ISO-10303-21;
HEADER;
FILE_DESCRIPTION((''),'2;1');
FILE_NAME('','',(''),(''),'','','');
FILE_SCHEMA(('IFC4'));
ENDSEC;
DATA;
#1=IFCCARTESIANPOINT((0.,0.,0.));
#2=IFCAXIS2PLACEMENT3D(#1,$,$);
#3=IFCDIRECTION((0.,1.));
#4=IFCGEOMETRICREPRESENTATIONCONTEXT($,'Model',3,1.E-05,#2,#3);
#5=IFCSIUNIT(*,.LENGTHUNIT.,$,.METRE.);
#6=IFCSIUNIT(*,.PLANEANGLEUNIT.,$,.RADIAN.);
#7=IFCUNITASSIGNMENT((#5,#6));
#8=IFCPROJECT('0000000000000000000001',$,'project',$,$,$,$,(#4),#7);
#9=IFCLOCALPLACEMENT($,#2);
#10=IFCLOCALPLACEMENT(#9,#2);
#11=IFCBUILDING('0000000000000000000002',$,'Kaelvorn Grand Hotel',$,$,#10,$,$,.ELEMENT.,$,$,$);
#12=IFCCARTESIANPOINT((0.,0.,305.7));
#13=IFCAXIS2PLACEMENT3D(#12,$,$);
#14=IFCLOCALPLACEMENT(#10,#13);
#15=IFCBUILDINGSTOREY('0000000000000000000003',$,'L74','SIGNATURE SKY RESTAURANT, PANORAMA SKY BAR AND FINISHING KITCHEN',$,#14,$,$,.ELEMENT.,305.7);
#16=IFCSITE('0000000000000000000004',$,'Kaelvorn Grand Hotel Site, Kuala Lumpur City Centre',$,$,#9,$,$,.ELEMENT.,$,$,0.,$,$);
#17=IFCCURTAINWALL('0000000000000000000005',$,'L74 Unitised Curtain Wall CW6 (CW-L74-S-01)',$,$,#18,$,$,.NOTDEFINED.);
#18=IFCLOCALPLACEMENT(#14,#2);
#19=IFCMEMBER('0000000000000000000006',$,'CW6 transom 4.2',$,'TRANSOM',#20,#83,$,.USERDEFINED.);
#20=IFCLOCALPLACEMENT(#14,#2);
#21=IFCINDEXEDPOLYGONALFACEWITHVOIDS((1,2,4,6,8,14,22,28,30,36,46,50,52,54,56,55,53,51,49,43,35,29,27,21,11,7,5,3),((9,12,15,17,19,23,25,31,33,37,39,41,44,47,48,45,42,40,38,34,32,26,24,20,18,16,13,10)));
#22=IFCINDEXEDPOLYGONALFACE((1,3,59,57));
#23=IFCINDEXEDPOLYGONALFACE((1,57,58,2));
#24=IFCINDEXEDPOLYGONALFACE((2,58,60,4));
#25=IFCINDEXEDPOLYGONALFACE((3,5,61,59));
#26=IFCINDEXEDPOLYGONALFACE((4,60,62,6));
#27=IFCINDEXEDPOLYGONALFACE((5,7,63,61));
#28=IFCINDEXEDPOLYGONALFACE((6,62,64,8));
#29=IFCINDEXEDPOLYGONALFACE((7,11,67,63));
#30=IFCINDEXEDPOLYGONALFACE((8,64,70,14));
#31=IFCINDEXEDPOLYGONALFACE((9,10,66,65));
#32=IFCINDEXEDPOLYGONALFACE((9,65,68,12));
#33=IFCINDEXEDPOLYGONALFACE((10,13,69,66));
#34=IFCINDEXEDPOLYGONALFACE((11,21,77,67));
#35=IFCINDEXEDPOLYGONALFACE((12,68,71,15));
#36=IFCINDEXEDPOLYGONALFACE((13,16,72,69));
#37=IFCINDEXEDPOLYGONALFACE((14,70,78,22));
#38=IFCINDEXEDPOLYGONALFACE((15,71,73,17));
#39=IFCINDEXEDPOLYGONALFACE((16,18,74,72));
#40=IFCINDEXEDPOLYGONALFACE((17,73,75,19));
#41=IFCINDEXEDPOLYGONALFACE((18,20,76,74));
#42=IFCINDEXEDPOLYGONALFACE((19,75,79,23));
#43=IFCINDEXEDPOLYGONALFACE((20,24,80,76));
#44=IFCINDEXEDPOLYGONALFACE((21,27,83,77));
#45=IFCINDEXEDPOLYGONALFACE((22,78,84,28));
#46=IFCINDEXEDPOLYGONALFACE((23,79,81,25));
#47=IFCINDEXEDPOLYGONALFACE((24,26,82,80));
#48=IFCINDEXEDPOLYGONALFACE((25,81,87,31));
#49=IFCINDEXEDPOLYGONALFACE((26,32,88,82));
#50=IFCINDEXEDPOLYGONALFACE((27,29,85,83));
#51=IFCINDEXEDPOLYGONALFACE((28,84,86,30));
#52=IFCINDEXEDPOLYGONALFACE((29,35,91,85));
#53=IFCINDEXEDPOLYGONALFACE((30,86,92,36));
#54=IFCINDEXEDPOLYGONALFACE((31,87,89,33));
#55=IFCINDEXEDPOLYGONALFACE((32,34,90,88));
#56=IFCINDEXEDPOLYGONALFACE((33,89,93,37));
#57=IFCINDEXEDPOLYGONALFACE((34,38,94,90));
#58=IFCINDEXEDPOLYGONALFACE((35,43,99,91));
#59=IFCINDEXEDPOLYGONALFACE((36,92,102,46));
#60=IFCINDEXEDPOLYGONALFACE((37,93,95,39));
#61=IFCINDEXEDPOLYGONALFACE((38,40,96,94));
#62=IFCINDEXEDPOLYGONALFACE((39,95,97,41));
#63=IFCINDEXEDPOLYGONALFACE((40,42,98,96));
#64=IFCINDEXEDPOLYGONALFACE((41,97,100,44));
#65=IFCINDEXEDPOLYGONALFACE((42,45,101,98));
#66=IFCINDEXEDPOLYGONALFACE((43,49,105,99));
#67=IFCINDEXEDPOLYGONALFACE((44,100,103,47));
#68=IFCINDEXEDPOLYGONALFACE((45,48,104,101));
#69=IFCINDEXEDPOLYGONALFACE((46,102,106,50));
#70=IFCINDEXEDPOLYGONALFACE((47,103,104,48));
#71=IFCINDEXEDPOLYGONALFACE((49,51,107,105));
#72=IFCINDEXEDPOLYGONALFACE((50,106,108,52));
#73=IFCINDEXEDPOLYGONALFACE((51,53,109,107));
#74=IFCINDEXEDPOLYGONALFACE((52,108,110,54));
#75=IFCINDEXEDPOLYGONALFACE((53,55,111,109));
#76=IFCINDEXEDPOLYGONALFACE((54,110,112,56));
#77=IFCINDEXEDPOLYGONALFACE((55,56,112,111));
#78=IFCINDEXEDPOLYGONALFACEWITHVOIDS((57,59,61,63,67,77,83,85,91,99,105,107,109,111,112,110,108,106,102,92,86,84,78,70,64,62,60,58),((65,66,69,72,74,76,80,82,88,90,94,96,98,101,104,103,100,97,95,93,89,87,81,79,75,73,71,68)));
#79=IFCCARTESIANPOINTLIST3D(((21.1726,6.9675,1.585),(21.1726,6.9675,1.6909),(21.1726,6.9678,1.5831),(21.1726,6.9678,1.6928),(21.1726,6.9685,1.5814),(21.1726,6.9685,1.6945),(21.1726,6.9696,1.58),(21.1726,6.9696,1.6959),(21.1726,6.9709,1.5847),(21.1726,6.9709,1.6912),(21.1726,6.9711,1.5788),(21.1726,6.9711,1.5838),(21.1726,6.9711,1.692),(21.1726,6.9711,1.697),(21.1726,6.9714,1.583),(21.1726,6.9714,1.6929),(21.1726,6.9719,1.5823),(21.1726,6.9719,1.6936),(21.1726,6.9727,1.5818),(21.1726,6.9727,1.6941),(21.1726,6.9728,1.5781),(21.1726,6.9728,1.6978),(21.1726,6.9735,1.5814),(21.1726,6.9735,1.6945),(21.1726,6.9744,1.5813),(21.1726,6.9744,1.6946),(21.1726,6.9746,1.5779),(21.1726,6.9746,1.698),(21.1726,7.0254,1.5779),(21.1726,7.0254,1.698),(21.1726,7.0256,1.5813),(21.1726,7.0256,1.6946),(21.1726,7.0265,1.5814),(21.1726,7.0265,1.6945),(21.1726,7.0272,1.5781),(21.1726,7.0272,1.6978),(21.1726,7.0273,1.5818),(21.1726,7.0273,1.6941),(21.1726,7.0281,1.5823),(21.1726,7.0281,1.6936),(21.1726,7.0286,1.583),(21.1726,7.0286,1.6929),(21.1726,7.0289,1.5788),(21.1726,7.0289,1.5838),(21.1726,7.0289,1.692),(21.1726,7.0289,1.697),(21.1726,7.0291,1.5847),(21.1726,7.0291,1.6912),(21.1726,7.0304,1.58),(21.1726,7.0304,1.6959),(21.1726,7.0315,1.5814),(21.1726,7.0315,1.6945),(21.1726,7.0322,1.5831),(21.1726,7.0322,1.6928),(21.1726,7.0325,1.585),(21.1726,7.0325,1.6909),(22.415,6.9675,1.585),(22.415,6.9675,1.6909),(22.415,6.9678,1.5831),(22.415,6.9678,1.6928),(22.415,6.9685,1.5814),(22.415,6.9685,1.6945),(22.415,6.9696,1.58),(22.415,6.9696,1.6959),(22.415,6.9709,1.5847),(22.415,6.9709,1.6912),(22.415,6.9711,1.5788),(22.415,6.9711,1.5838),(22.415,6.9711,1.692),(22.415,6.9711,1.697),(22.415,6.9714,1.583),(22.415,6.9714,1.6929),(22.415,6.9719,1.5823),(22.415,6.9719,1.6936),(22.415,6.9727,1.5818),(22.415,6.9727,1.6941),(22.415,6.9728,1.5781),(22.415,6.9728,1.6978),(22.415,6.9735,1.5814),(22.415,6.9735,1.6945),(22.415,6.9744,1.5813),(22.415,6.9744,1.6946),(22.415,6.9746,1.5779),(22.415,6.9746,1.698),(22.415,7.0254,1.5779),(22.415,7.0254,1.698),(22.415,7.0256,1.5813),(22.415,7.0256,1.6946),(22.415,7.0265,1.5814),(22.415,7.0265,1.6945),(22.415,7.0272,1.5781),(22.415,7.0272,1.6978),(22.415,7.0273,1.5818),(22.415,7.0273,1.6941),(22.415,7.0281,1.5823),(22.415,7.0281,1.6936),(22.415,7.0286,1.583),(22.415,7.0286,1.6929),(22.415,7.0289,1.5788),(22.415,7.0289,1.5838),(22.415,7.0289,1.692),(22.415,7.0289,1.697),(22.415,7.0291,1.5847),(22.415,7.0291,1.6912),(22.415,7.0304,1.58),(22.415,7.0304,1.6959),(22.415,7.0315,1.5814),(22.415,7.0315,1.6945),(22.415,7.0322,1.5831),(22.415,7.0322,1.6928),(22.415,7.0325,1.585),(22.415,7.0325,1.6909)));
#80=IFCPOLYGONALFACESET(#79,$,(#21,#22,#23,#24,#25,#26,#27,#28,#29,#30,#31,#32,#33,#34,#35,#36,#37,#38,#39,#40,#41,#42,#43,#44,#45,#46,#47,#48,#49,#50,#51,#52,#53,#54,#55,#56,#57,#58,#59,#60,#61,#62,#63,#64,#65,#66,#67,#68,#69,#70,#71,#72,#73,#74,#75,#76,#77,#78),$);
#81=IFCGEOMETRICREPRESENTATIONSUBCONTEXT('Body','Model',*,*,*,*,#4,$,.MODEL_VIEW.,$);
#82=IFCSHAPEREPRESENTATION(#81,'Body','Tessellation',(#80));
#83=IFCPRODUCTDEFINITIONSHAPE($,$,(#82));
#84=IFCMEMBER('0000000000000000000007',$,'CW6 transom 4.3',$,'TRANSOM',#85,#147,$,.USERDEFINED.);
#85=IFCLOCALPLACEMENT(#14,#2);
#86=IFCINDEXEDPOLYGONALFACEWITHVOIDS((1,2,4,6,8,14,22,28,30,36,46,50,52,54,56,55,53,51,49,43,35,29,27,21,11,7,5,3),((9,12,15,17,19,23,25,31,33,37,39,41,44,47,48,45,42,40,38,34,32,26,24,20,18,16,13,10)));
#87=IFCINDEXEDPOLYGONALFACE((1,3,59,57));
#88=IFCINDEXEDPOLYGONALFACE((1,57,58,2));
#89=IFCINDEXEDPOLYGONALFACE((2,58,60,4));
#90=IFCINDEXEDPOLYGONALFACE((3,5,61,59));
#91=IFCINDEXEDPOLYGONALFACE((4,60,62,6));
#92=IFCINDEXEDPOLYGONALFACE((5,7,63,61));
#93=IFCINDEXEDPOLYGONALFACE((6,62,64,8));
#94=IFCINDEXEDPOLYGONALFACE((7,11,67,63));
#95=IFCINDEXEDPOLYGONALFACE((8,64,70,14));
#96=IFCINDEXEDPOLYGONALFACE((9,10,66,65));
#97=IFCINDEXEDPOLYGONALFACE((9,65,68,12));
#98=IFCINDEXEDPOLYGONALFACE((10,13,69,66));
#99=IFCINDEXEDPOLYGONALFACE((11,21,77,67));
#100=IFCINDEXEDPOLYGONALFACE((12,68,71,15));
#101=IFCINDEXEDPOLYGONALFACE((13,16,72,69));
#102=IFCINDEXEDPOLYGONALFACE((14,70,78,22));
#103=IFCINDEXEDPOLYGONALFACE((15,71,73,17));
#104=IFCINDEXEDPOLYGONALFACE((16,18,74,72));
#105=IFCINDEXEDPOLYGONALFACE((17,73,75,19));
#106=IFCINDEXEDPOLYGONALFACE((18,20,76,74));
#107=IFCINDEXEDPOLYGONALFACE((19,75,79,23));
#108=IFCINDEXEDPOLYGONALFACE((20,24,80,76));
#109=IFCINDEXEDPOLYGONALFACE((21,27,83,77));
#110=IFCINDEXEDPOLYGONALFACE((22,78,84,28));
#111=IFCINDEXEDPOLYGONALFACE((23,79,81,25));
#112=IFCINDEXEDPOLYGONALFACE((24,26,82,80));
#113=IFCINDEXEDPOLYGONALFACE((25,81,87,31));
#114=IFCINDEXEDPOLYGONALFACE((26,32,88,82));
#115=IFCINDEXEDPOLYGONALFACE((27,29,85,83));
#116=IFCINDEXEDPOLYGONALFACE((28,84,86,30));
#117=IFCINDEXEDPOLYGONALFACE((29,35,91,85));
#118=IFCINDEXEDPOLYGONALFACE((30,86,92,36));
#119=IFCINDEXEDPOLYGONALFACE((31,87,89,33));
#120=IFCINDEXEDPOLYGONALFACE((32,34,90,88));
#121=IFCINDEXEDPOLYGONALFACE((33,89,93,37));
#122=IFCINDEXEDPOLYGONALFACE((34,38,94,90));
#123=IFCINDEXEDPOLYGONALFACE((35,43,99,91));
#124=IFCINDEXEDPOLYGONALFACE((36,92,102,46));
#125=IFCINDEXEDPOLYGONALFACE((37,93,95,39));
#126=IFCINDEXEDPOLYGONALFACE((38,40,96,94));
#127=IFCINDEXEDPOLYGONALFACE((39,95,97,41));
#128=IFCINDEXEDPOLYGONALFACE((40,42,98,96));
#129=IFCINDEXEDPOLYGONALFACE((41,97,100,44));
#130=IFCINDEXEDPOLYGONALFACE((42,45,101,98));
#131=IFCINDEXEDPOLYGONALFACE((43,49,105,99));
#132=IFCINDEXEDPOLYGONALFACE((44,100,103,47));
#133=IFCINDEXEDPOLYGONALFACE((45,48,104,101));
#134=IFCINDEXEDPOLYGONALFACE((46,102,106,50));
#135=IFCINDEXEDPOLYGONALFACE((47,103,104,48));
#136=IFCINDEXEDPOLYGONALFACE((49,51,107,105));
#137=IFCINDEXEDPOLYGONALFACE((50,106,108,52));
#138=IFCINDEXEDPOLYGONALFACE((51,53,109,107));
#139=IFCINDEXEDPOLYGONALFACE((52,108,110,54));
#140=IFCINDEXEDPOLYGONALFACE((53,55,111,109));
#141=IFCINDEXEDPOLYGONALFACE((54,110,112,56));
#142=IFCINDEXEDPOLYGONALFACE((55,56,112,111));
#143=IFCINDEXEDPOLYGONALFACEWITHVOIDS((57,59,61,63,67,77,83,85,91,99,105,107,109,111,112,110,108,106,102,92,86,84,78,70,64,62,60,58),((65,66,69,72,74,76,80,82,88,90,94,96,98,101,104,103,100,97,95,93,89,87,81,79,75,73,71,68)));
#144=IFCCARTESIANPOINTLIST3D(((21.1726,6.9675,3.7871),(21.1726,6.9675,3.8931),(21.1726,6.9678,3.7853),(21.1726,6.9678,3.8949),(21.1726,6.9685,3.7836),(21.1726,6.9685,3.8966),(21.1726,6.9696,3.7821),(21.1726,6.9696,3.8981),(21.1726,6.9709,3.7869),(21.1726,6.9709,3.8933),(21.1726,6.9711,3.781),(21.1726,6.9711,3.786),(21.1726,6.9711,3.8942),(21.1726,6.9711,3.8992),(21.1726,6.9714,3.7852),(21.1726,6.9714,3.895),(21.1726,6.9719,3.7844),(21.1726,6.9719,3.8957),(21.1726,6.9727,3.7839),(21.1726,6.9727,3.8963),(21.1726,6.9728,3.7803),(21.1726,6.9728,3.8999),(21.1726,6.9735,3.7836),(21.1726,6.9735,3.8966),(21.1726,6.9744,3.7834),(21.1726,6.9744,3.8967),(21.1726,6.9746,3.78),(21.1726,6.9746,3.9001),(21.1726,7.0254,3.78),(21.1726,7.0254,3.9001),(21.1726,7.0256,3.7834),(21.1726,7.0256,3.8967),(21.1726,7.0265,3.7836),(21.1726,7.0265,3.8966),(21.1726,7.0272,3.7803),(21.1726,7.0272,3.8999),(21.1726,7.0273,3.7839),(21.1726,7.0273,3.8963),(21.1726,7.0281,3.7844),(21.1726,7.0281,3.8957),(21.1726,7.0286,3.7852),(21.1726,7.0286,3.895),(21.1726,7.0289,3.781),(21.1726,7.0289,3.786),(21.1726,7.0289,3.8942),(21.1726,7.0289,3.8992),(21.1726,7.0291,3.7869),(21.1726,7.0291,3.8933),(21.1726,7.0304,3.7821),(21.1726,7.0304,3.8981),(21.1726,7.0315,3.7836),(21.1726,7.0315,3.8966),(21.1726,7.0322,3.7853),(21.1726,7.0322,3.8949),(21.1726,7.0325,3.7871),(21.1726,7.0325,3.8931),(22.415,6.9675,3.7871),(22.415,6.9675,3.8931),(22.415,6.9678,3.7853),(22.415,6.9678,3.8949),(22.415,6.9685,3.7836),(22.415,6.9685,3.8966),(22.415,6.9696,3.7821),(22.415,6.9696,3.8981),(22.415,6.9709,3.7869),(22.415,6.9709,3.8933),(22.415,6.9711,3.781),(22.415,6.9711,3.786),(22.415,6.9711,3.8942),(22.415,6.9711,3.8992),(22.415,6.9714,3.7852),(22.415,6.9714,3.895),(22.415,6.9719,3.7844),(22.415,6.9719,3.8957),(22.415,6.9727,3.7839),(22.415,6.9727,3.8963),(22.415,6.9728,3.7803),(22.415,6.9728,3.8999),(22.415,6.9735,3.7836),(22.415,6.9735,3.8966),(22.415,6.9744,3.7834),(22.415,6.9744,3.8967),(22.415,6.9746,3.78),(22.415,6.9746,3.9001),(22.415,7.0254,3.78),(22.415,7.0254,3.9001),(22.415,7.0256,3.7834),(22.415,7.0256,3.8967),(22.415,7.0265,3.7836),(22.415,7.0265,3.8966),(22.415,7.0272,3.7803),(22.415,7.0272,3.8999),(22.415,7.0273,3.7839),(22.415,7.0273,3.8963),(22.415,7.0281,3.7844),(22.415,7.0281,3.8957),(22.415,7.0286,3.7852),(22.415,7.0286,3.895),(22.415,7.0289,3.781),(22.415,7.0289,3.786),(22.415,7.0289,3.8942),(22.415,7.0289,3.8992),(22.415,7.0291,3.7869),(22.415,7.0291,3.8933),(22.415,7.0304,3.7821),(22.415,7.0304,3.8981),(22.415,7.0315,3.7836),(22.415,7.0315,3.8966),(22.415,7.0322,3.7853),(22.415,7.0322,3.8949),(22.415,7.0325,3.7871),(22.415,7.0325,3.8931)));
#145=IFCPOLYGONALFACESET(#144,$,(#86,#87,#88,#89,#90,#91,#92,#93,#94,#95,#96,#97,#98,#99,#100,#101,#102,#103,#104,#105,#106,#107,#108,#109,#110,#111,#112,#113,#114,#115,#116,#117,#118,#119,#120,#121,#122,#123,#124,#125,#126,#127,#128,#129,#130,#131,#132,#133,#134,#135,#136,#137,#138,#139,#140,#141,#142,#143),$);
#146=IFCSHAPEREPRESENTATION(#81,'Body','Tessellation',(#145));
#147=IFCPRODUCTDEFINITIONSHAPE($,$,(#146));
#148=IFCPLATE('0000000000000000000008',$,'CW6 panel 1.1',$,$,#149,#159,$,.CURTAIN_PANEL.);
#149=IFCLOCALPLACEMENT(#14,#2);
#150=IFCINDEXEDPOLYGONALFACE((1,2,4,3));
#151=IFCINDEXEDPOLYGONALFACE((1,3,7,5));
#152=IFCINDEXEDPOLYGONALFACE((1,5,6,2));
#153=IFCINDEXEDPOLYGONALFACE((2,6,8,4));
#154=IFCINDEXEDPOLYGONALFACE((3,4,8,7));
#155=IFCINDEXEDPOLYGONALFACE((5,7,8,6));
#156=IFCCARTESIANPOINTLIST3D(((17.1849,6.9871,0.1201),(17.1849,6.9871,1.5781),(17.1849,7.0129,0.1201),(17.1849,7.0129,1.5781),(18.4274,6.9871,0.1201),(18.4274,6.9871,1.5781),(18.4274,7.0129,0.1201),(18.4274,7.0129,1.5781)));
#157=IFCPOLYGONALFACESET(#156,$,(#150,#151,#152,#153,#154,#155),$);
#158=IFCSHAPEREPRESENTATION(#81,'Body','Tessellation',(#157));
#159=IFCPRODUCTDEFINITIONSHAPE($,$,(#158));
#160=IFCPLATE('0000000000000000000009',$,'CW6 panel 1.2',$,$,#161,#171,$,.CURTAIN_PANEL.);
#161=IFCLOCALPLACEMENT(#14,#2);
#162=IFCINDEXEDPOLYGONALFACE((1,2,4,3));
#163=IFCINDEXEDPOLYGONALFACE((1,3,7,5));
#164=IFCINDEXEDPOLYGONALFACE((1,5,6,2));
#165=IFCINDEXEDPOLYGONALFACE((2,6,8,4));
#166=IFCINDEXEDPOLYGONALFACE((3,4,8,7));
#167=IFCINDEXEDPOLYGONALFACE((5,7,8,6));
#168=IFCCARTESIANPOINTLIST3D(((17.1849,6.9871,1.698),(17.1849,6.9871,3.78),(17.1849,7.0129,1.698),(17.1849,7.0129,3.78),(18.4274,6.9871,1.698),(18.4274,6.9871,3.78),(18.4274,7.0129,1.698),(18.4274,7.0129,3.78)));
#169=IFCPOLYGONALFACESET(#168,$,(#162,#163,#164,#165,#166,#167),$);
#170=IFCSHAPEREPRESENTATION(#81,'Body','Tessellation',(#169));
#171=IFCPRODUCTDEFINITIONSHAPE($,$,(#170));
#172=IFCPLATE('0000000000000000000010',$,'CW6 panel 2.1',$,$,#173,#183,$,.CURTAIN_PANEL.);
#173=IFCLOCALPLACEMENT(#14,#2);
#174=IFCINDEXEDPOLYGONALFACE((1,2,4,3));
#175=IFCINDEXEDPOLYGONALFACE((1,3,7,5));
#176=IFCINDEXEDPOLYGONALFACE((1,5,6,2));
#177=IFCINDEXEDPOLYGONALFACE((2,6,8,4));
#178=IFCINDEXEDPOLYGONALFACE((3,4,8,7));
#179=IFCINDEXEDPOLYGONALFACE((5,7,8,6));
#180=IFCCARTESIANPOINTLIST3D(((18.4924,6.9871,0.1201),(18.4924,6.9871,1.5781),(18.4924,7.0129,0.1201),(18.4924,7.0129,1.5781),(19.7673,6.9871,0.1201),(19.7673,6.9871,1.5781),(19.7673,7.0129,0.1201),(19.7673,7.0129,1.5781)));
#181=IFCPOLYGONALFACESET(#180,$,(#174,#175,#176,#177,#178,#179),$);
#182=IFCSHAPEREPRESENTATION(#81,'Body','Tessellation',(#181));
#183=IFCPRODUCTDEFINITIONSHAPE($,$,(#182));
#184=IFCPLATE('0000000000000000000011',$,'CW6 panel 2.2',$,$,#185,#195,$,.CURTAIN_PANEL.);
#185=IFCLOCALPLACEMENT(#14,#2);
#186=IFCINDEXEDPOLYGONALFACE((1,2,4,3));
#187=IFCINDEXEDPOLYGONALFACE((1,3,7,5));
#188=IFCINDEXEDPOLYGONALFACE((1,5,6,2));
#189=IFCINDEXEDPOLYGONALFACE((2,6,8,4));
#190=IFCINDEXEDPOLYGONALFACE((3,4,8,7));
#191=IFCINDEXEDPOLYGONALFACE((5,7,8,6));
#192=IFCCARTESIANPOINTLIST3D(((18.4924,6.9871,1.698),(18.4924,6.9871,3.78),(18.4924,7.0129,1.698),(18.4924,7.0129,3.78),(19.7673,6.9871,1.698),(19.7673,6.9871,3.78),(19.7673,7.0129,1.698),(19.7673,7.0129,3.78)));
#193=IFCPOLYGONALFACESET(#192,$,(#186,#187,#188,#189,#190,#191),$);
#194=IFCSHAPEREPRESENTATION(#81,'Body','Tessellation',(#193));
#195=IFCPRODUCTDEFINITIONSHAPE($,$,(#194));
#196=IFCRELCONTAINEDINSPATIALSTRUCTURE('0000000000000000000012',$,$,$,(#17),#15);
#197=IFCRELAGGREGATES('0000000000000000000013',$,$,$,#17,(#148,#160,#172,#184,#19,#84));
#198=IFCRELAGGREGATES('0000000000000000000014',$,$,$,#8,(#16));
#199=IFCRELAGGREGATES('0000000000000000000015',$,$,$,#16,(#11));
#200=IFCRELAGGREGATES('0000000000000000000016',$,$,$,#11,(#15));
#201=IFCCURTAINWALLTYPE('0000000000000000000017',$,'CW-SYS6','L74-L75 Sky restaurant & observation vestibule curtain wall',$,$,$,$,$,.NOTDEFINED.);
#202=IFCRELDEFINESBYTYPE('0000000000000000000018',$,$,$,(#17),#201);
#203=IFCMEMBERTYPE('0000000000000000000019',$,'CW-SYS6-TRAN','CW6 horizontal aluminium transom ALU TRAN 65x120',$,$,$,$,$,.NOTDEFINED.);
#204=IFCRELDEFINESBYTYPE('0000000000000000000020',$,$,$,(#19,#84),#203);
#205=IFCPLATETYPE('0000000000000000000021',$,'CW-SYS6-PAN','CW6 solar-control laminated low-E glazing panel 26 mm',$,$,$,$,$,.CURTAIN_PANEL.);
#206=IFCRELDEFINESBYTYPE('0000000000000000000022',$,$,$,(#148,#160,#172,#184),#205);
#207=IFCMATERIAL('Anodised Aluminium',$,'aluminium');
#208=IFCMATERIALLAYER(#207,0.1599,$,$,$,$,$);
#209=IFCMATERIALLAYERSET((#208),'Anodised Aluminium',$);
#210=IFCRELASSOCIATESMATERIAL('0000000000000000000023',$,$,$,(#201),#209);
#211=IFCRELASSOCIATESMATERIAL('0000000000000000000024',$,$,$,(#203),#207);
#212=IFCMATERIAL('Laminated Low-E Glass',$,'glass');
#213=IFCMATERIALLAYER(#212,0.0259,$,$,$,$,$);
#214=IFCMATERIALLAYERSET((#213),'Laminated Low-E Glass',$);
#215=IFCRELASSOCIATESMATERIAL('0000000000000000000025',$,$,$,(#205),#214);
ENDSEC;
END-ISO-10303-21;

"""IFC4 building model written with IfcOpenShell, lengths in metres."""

from ifc_helpers import new_model, si_unit, direction, frame, origin, origin_2d, place, context, subcontext, project, spatial, rectangle, hollow_rectangle, extrude, material, layer, layer_set, material_profile, profile_set, type_object, element, aggregate, save


model = new_model("IFC4")

# Units and contexts
model_context = context("Model", 3, precision=1e-05, world=origin(), true_north=direction((0.0, 1.0)))
body_context = subcontext(model_context, "Body", "Model", "MODEL_VIEW")
ifc_project = project(units=[si_unit("LENGTHUNIT", "METRE"), si_unit("PLANEANGLEUNIT", "RADIAN")], contexts=[model_context])

# Site, building, storey
site_placement = place(None, origin())
site = spatial("IfcSite", under=ifc_project, at=site_placement, Name="Kaelvorn Grand Hotel Site, Kuala Lumpur City Centre", CompositionType="ELEMENT", RefElevation=0.0)
building_placement = place(site_placement, origin())
building = spatial("IfcBuilding", under=site, at=building_placement, Name="Kaelvorn Grand Hotel", CompositionType="ELEMENT")
storey_placement = place(building_placement, frame((0.0, 0.0, 305.7)))
storey = spatial("IfcBuildingStorey", under=building, at=storey_placement, Name="L74", Description="SIGNATURE SKY RESTAURANT, PANORAMA SKY BAR AND FINISHING KITCHEN", CompositionType="ELEMENT", Elevation=305.7)

# Curtain wall, members, plates
ifc_material_1 = material(Name="Anodised Aluminium", Category="aluminium")
ifc_layer_1 = layer(ifc_material_1, 0.1599)
ifc_layer_set_1 = layer_set([ifc_layer_1], Name="Anodised Aluminium")
curtain_wall_type = type_object("IfcCurtainWallType", Name="CW-SYS6", Description="L74-L75 Sky restaurant & observation vestibule curtain wall", PredefinedType="NOTDEFINED", material=ifc_layer_set_1)
curtain_wall_placement = place(storey_placement, origin())
curtain_wall = element("IfcCurtainWall", 1, at=curtain_wall_placement, inside=storey, type_object=curtain_wall_type, Name="L74 Unitised Curtain Wall CW6 (CW-L74-S-01)", PredefinedType="NOTDEFINED")
ifc_material_profile_1 = material_profile(ifc_material_1, hollow_rectangle(XDim=0.0649, YDim=0.1201, WallThickness=0.0034, InnerFilletRadius=0.0034, OuterFilletRadius=0.0071, at=origin_2d()), Name="ALU TRAN 65x120")
ifc_profile_set_1 = profile_set([ifc_material_profile_1], Name="Anodised Aluminium")
member_type_1 = type_object("IfcMemberType", Name="CW-SYS6-TRAN", Description="CW6 horizontal aluminium transom ALU TRAN 65x120", PredefinedType="NOTDEFINED", material=ifc_profile_set_1)
member_1_placement = place(storey_placement, frame((21.1726, 7.0, 1.6379), z_axis=(1.0, 0.0, 0.0), x_axis=(0.0, 1.0, 0.0)))
member_1 = element("IfcMember", 2, at=member_1_placement, type_object=member_type_1, Name="CW6 transom 4.2", ObjectType="TRANSOM", PredefinedType="USERDEFINED", context=body_context, shape_type="SweptSolid", body=[
    extrude(hollow_rectangle(XDim=0.0649, YDim=0.1201, WallThickness=0.0034, InnerFilletRadius=0.0034, OuterFilletRadius=0.0071, at=origin_2d()), origin(), (0.0, 0.0, 1.0), 1.2424),
])
member_2_placement = place(storey_placement, frame((21.1726, 7.0, 3.8401), z_axis=(1.0, 0.0, 0.0), x_axis=(0.0, 1.0, 0.0)))
member_2 = element("IfcMember", 3, at=member_2_placement, type_object=member_type_1, Name="CW6 transom 4.3", ObjectType="TRANSOM", PredefinedType="USERDEFINED", context=body_context, shape_type="SweptSolid", body=[
    extrude(hollow_rectangle(XDim=0.0649, YDim=0.1201, WallThickness=0.0034, InnerFilletRadius=0.0034, OuterFilletRadius=0.0071, at=origin_2d()), origin(), (0.0, 0.0, 1.0), 1.2424),
])
ifc_material_2 = material(Name="Laminated Low-E Glass", Category="glass")
ifc_layer_2 = layer(ifc_material_2, 0.0259)
ifc_layer_set_2 = layer_set([ifc_layer_2], Name="Laminated Low-E Glass")
plate_type = type_object("IfcPlateType", Name="CW-SYS6-PAN", Description="CW6 solar-control laminated low-E glazing panel 26 mm", PredefinedType="CURTAIN_PANEL", material=ifc_layer_set_2)
plate_1_placement = place(storey_placement, frame((17.8062, 7.0, 0.1201), z_axis=(0.0, 0.0, 1.0), x_axis=(1.0, 0.0, 0.0)))
plate_1 = element("IfcPlate", 4, at=plate_1_placement, type_object=plate_type, Name="CW6 panel 1.1", PredefinedType="CURTAIN_PANEL", context=body_context, shape_type="SweptSolid", body=[
    extrude(rectangle(XDim=1.2424, YDim=0.0259, at=origin_2d()), origin(), (0.0, 0.0, 1.0), 1.458),
])
plate_2_placement = place(storey_placement, frame((17.8062, 7.0, 1.698), z_axis=(0.0, 0.0, 1.0), x_axis=(1.0, 0.0, 0.0)))
plate_2 = element("IfcPlate", 5, at=plate_2_placement, type_object=plate_type, Name="CW6 panel 1.2", PredefinedType="CURTAIN_PANEL", context=body_context, shape_type="SweptSolid", body=[
    extrude(rectangle(XDim=1.2424, YDim=0.0259, at=origin_2d()), origin(), (0.0, 0.0, 1.0), 2.082),
])
plate_3_placement = place(storey_placement, frame((19.1299, 7.0, 0.1201), z_axis=(0.0, 0.0, 1.0), x_axis=(1.0, 0.0, 0.0)))
plate_3 = element("IfcPlate", 6, at=plate_3_placement, type_object=plate_type, Name="CW6 panel 2.1", PredefinedType="CURTAIN_PANEL", context=body_context, shape_type="SweptSolid", body=[
    extrude(rectangle(XDim=1.2749, YDim=0.0259, at=origin_2d()), origin(), (0.0, 0.0, 1.0), 1.458),
])
plate_4_placement = place(storey_placement, frame((19.1299, 7.0, 1.698), z_axis=(0.0, 0.0, 1.0), x_axis=(1.0, 0.0, 0.0)))
plate_4 = element("IfcPlate", 7, at=plate_4_placement, type_object=plate_type, Name="CW6 panel 2.2", PredefinedType="CURTAIN_PANEL", context=body_context, shape_type="SweptSolid", body=[
    extrude(rectangle(XDim=1.2749, YDim=0.0259, at=origin_2d()), origin(), (0.0, 0.0, 1.0), 2.082),
])
aggregate(curtain_wall, [plate_1, plate_2, plate_3, plate_4, member_1, member_2])

save(model, "model.ifc")
